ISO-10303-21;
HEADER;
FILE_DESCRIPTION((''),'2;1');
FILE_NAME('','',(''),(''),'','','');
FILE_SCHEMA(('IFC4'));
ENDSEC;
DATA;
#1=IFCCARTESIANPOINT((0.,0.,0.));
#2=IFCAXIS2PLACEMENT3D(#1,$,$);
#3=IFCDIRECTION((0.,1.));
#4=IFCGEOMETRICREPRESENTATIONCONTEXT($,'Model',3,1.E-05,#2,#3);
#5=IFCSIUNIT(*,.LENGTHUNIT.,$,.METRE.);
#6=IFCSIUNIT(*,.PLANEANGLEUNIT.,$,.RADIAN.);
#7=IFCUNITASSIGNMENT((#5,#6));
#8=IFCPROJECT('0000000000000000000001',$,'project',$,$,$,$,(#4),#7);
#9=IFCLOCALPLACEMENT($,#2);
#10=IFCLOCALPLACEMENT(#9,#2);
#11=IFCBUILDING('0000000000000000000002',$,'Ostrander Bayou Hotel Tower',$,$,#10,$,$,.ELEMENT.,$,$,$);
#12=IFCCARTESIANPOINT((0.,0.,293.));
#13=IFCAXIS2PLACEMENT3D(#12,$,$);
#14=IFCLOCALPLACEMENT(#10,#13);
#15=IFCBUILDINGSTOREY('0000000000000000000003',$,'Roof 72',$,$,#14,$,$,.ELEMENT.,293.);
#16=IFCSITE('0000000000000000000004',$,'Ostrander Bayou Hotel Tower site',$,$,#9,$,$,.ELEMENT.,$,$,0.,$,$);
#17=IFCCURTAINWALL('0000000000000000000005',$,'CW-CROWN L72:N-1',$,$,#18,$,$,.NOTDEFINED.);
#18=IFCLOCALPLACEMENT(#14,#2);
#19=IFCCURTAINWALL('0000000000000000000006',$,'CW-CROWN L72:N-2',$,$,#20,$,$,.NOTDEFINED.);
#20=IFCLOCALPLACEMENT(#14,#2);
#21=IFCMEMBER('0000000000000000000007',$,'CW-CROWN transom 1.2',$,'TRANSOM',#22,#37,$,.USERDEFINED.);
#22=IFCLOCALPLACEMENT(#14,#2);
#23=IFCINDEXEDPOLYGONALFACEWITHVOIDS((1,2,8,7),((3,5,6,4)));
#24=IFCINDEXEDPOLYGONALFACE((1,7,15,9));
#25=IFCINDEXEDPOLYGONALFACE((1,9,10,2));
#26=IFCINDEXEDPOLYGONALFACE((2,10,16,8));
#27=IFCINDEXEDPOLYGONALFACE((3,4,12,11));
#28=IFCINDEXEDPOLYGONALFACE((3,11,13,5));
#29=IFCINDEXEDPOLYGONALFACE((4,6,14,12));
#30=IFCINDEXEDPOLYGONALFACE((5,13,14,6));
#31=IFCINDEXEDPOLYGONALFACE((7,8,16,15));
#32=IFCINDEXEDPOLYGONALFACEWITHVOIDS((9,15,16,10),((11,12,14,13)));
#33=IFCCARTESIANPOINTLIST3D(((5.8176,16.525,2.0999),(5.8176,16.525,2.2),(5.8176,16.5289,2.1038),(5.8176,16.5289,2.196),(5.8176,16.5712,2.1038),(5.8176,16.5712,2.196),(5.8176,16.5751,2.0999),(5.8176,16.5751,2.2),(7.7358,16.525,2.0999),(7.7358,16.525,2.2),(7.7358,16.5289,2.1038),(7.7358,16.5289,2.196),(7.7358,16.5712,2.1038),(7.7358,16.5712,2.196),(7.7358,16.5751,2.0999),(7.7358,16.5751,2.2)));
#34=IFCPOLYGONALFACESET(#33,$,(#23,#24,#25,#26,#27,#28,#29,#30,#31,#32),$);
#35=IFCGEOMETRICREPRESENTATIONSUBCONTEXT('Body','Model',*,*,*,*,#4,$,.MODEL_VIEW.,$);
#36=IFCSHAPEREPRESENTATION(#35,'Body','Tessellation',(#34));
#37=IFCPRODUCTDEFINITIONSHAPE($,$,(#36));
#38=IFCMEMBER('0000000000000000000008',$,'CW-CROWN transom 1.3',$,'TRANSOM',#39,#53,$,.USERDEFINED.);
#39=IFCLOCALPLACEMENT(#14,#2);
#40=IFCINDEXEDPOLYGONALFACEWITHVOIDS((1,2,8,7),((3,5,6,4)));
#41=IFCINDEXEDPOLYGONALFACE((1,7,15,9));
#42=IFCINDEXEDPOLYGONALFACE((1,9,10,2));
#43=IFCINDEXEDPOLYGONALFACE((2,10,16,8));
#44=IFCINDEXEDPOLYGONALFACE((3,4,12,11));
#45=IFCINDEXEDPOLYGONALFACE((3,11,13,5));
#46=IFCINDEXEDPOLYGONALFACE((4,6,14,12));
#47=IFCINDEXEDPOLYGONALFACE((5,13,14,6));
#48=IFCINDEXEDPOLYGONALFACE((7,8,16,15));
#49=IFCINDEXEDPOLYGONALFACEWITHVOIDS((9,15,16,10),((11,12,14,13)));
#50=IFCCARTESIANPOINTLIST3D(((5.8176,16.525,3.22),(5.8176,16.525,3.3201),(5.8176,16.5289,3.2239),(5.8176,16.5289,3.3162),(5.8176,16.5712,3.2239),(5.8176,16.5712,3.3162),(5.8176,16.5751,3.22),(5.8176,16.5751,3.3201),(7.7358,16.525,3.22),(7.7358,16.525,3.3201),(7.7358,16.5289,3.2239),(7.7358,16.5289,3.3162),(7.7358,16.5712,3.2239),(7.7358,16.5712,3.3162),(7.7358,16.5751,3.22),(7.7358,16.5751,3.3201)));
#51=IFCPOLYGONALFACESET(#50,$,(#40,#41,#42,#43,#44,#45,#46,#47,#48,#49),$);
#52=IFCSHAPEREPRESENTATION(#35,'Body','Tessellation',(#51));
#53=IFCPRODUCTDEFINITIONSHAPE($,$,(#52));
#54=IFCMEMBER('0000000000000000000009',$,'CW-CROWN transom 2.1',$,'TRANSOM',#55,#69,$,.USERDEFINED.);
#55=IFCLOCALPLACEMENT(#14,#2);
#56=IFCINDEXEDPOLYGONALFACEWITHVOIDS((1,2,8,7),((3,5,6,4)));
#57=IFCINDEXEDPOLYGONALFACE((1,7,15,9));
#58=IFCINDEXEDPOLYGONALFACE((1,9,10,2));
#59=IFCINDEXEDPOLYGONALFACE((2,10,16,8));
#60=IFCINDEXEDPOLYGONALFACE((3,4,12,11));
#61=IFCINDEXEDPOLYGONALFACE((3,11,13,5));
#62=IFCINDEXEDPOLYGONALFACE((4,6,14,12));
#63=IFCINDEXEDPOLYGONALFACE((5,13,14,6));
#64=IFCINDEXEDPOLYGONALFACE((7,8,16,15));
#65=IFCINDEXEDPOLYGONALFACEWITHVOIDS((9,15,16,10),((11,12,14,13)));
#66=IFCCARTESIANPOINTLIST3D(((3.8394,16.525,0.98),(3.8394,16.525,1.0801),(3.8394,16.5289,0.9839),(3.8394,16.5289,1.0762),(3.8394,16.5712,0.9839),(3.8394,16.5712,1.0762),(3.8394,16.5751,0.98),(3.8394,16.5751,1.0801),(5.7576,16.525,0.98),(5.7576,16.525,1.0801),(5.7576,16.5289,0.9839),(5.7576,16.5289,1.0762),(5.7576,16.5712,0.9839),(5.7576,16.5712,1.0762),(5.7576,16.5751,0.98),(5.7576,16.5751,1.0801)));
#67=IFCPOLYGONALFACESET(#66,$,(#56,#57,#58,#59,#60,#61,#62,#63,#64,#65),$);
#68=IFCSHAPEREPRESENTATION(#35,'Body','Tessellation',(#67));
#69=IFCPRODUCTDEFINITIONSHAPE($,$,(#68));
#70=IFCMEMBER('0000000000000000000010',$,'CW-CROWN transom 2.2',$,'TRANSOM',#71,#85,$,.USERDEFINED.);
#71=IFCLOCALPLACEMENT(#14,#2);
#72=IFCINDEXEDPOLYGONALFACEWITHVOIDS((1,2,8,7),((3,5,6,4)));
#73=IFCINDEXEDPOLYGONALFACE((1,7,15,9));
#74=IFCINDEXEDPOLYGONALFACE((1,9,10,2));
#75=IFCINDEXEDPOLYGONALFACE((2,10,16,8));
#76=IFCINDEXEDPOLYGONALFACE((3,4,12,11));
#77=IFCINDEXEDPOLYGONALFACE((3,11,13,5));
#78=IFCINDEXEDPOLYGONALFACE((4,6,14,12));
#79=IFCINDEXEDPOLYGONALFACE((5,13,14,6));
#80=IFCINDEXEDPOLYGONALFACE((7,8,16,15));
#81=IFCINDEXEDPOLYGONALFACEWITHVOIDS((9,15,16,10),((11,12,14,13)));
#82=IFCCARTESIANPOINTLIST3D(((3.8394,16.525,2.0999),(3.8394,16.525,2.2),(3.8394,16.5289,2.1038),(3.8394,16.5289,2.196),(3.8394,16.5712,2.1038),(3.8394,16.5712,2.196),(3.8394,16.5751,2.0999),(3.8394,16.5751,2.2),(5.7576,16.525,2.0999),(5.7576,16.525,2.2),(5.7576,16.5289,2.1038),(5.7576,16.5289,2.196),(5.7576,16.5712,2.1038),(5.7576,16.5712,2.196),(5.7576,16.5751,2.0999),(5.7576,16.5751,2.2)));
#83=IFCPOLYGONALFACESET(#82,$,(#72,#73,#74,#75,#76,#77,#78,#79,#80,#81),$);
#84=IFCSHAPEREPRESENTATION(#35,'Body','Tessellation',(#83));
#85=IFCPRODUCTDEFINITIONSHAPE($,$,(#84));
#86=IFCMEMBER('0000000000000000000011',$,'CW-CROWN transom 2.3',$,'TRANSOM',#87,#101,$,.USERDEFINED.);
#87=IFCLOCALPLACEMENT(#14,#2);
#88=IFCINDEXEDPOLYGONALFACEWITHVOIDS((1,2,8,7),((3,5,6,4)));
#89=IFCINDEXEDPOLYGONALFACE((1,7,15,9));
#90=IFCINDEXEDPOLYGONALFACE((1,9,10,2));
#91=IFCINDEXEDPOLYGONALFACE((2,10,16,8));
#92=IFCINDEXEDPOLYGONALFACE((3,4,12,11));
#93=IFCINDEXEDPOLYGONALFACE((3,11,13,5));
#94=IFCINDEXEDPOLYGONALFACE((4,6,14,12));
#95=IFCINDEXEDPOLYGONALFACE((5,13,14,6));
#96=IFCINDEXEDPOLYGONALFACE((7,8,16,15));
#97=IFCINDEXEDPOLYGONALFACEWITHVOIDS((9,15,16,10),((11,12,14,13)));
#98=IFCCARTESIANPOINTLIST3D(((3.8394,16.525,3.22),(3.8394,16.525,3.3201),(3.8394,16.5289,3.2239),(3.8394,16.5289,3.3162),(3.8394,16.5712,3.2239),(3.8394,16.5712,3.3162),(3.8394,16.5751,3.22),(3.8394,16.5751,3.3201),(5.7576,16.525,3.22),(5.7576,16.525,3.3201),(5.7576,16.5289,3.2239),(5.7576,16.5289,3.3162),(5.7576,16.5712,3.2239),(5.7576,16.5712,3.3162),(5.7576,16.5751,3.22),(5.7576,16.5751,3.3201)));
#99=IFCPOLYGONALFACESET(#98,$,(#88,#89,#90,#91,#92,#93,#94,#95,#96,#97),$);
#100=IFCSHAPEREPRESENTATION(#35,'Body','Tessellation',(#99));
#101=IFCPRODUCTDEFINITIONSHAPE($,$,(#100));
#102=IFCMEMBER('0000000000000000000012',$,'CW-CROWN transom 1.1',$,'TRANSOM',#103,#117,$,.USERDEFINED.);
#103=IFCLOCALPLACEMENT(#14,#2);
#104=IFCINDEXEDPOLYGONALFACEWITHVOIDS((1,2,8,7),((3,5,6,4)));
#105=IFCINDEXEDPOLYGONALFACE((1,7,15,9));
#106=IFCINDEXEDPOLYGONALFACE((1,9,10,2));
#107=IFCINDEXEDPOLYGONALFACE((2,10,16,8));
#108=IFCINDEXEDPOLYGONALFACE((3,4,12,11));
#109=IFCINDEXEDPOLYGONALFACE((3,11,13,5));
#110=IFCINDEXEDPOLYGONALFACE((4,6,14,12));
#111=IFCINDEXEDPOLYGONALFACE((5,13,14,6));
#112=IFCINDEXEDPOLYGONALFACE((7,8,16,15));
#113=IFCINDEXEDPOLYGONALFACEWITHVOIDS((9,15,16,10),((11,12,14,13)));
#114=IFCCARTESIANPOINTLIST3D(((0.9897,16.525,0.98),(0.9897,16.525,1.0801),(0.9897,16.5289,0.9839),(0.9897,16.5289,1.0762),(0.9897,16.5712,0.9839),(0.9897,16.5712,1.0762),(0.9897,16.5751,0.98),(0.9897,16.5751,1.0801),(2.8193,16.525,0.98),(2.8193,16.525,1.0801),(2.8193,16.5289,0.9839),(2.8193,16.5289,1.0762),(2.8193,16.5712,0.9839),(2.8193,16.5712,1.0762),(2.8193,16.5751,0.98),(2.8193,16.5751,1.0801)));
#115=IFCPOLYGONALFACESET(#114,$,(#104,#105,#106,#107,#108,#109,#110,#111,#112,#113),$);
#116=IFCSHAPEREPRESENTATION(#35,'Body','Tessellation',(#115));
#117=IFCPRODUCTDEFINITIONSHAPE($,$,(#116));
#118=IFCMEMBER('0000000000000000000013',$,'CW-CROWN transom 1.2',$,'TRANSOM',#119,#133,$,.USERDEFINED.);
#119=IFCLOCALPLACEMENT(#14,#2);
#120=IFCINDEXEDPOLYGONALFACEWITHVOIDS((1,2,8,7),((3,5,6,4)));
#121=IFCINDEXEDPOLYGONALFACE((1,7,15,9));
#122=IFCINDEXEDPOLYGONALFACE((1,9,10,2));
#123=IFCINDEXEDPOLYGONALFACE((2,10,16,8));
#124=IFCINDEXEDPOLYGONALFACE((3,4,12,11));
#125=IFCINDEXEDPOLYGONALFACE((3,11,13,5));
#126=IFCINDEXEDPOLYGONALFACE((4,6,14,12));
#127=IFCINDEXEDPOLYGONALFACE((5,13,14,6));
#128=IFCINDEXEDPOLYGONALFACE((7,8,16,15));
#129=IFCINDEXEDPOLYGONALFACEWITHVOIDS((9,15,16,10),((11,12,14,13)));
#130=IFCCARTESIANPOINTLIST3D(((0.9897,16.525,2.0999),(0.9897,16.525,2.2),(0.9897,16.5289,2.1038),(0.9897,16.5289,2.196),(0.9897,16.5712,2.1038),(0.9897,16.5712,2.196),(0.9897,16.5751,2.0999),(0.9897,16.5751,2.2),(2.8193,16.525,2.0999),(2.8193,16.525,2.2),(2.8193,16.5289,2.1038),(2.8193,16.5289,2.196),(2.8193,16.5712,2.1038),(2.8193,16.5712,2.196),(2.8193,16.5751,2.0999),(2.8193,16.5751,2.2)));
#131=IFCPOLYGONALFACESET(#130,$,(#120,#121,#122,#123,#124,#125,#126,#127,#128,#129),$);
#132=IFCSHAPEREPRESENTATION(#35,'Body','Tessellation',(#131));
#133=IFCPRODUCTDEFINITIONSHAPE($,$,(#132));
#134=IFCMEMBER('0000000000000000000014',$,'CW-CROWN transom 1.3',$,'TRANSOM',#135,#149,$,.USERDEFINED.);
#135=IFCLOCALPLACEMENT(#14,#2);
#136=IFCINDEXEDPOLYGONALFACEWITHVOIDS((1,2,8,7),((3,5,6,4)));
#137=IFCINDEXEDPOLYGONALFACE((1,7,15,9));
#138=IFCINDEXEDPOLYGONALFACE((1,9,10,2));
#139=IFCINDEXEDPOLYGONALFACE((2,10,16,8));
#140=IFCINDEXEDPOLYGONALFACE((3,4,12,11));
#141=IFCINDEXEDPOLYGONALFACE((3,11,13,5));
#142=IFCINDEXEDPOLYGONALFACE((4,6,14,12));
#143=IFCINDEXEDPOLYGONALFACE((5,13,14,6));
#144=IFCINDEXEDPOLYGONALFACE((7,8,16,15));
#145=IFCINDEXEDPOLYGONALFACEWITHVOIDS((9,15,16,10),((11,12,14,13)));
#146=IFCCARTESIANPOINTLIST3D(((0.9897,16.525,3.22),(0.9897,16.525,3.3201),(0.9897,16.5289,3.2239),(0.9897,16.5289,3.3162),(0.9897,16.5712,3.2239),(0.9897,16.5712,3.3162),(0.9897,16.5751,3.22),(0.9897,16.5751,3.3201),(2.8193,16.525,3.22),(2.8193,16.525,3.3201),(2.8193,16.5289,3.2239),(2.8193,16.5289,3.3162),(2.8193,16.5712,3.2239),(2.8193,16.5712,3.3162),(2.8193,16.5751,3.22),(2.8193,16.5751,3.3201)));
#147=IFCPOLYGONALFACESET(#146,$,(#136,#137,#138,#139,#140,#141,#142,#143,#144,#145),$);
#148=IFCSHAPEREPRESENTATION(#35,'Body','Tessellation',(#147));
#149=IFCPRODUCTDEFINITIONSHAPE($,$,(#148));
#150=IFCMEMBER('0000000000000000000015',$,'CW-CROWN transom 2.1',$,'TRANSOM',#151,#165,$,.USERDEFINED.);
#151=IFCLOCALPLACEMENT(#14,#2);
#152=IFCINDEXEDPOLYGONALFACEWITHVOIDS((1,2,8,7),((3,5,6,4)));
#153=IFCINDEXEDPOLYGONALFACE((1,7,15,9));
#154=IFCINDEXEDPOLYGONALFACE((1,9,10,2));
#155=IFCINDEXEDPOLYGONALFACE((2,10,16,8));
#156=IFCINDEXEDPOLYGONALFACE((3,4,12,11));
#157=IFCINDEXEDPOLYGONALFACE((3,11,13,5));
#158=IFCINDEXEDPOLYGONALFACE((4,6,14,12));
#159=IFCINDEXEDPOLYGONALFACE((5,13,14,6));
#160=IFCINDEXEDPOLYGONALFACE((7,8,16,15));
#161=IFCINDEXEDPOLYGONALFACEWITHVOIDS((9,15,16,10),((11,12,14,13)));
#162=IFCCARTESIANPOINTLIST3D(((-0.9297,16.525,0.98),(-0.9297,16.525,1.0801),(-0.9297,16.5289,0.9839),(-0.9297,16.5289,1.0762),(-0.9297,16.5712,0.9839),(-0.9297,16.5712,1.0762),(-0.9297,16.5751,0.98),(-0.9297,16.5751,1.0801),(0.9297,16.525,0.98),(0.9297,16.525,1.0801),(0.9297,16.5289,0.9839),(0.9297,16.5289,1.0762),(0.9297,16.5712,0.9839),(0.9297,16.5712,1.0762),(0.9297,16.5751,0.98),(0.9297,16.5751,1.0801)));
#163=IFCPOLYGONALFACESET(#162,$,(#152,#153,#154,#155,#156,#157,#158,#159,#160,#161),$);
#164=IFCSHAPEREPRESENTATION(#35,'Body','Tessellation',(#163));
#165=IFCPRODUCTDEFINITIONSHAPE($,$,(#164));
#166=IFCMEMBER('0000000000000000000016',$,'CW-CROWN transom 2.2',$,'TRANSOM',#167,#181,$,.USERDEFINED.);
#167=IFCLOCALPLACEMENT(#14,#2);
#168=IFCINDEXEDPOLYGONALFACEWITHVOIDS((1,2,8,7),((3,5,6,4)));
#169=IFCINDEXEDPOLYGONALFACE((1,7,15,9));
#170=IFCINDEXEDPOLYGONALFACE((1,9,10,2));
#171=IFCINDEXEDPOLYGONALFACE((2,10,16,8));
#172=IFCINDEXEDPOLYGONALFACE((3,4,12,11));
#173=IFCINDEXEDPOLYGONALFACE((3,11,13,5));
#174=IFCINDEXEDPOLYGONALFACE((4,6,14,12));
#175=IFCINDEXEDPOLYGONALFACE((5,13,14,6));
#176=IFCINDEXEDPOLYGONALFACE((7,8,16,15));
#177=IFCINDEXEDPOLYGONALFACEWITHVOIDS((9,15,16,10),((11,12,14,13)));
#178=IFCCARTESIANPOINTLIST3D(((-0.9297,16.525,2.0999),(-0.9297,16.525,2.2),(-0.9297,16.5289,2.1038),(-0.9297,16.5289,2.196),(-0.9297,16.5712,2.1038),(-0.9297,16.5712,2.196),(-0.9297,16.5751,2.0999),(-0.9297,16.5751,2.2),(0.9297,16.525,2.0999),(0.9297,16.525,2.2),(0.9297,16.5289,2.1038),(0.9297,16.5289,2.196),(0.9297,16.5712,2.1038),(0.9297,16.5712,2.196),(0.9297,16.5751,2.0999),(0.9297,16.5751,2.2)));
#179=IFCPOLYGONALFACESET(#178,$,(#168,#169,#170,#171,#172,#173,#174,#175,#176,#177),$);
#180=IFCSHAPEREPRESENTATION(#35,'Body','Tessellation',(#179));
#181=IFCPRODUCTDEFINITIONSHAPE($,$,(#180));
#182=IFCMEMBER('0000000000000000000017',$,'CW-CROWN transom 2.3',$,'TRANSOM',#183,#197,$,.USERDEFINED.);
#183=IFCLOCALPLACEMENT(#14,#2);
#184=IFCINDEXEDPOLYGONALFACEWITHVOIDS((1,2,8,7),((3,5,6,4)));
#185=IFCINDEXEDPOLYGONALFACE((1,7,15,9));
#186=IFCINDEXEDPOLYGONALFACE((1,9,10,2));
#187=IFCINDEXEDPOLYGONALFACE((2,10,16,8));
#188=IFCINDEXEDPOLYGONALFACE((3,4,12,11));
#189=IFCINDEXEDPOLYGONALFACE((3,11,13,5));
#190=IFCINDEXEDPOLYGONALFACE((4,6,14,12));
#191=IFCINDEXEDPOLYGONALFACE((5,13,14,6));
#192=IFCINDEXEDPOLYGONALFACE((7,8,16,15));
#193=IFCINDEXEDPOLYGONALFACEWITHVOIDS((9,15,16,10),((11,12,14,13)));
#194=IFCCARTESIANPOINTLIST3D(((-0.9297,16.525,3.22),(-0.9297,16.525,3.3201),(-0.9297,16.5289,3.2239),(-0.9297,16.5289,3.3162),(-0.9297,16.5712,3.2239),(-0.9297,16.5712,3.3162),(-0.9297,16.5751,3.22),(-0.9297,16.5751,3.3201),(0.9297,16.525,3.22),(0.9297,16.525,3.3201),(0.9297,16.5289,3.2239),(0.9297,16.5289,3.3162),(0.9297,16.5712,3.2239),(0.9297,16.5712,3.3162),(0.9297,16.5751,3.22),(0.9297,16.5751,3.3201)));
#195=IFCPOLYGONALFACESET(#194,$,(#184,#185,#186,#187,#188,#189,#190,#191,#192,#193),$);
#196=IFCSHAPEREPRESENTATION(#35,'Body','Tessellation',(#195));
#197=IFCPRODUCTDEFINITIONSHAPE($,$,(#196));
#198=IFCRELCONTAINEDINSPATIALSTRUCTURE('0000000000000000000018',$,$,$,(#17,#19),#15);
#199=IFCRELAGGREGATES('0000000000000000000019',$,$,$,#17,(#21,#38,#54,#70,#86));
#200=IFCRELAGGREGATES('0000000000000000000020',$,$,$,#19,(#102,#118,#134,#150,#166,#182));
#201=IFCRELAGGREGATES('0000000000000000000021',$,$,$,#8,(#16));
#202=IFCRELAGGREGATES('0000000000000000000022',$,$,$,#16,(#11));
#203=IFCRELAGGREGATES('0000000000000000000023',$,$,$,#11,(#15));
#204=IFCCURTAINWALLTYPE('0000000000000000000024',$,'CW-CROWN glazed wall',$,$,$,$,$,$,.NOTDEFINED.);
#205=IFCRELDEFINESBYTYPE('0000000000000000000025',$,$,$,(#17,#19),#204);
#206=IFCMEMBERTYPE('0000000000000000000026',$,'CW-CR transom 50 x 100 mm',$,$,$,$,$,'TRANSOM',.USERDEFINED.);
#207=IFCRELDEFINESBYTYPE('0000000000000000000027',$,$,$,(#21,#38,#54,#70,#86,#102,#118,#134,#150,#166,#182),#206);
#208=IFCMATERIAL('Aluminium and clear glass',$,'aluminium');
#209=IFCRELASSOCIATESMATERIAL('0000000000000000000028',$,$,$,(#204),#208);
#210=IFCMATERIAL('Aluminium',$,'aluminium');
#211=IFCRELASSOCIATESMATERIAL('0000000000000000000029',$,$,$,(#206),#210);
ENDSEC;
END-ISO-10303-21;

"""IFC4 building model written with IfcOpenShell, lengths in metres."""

from ifc_helpers import new_model, si_unit, direction, frame, origin, origin_2d, place, context, subcontext, project, spatial, hollow_rectangle, extrude, material, material_profile, profile_set, type_object, element, aggregate, save


model = new_model("IFC4")

# Units and contexts
model_context = context("Model", 3, precision=1e-05, world=origin(), true_north=direction((0.0, 1.0)))
body_context = subcontext(model_context, "Body", "Model", "MODEL_VIEW")
ifc_project = project(units=[si_unit("LENGTHUNIT", "METRE"), si_unit("PLANEANGLEUNIT", "RADIAN")], contexts=[model_context])

# Site, building, storey
site_placement = place(None, origin())
site = spatial("IfcSite", under=ifc_project, at=site_placement, Name="Ostrander Bayou Hotel Tower site", CompositionType="ELEMENT", RefElevation=0.0)
building_placement = place(site_placement, origin())
building = spatial("IfcBuilding", under=site, at=building_placement, Name="Ostrander Bayou Hotel Tower", CompositionType="ELEMENT")
storey_placement = place(building_placement, frame((0.0, 0.0, 293.0)))
storey = spatial("IfcBuildingStorey", under=building, at=storey_placement, Name="Roof 72", CompositionType="ELEMENT", Elevation=293.0)

# Curtain walls
ifc_material_1 = material(Name="Aluminium and clear glass", Category="aluminium")
curtain_wall_type = type_object("IfcCurtainWallType", Name="CW-CROWN glazed wall", PredefinedType="NOTDEFINED", material=ifc_material_1)
curtain_wall_1_placement = place(storey_placement, origin())
curtain_wall_1 = element("IfcCurtainWall", 1, at=curtain_wall_1_placement, inside=storey, type_object=curtain_wall_type, Name="CW-CROWN L72:N-1", PredefinedType="NOTDEFINED")
curtain_wall_2_placement = place(storey_placement, origin())
curtain_wall_2 = element("IfcCurtainWall", 2, at=curtain_wall_2_placement, inside=storey, type_object=curtain_wall_type, Name="CW-CROWN L72:N-2", PredefinedType="NOTDEFINED")

# Members
ifc_material_2 = material(Name="Aluminium", Category="aluminium")
ifc_material_profile_1 = material_profile(ifc_material_2, hollow_rectangle(XDim=0.05, YDim=0.1001, WallThickness=0.0039, at=origin_2d()))
ifc_profile_set_1 = profile_set([ifc_material_profile_1], Name="Aluminium")
member_type_1 = type_object("IfcMemberType", Name="CW-CR transom 50 x 100 mm", ElementType="TRANSOM", PredefinedType="USERDEFINED", material=ifc_profile_set_1)
member_1_placement = place(storey_placement, frame((7.7358, 16.55, 2.1499), z_axis=(-1.0, 0.0, 0.0), x_axis=(0.0, -1.0, 0.0)))
member_1 = element("IfcMember", 3, at=member_1_placement, type_object=member_type_1, Name="CW-CROWN transom 1.2", ObjectType="TRANSOM", PredefinedType="USERDEFINED", context=body_context, shape_type="SweptSolid", body=[
    extrude(hollow_rectangle(XDim=0.05, YDim=0.1001, WallThickness=0.0039, at=origin_2d()), origin(), (0.0, 0.0, 1.0), 1.9182),
])
member_2_placement = place(storey_placement, frame((7.7358, 16.55, 3.27), z_axis=(-1.0, 0.0, 0.0), x_axis=(0.0, -1.0, 0.0)))
member_2 = element("IfcMember", 4, at=member_2_placement, type_object=member_type_1, Name="CW-CROWN transom 1.3", ObjectType="TRANSOM", PredefinedType="USERDEFINED", context=body_context, shape_type="SweptSolid", body=[
    extrude(hollow_rectangle(XDim=0.05, YDim=0.1001, WallThickness=0.0039, at=origin_2d()), origin(), (0.0, 0.0, 1.0), 1.9182),
])
member_3_placement = place(storey_placement, frame((5.7576, 16.55, 1.03), z_axis=(-1.0, 0.0, 0.0), x_axis=(0.0, -1.0, 0.0)))
member_3 = element("IfcMember", 5, at=member_3_placement, type_object=member_type_1, Name="CW-CROWN transom 2.1", ObjectType="TRANSOM", PredefinedType="USERDEFINED", context=body_context, shape_type="SweptSolid", body=[
    extrude(hollow_rectangle(XDim=0.05, YDim=0.1001, WallThickness=0.0039, at=origin_2d()), origin(), (0.0, 0.0, 1.0), 1.9182),
])
member_4_placement = place(storey_placement, frame((5.7576, 16.55, 2.1499), z_axis=(-1.0, 0.0, 0.0), x_axis=(0.0, -1.0, 0.0)))
member_4 = element("IfcMember", 6, at=member_4_placement, type_object=member_type_1, Name="CW-CROWN transom 2.2", ObjectType="TRANSOM", PredefinedType="USERDEFINED", context=body_context, shape_type="SweptSolid", body=[
    extrude(hollow_rectangle(XDim=0.05, YDim=0.1001, WallThickness=0.0039, at=origin_2d()), origin(), (0.0, 0.0, 1.0), 1.9182),
])
member_5_placement = place(storey_placement, frame((5.7576, 16.55, 3.27), z_axis=(-1.0, 0.0, 0.0), x_axis=(0.0, -1.0, 0.0)))
member_5 = element("IfcMember", 7, at=member_5_placement, type_object=member_type_1, Name="CW-CROWN transom 2.3", ObjectType="TRANSOM", PredefinedType="USERDEFINED", context=body_context, shape_type="SweptSolid", body=[
    extrude(hollow_rectangle(XDim=0.05, YDim=0.1001, WallThickness=0.0039, at=origin_2d()), origin(), (0.0, 0.0, 1.0), 1.9182),
])
member_6_placement = place(storey_placement, frame((2.8193, 16.55, 1.03), z_axis=(-1.0, 0.0, 0.0), x_axis=(0.0, -1.0, 0.0)))
member_6 = element("IfcMember", 8, at=member_6_placement, type_object=member_type_1, Name="CW-CROWN transom 1.1", ObjectType="TRANSOM", PredefinedType="USERDEFINED", context=body_context, shape_type="SweptSolid", body=[
    extrude(hollow_rectangle(XDim=0.05, YDim=0.1001, WallThickness=0.0039, at=origin_2d()), origin(), (0.0, 0.0, 1.0), 1.8296),
])
member_7_placement = place(storey_placement, frame((2.8193, 16.55, 2.1499), z_axis=(-1.0, 0.0, 0.0), x_axis=(0.0, -1.0, 0.0)))
member_7 = element("IfcMember", 9, at=member_7_placement, type_object=member_type_1, Name="CW-CROWN transom 1.2", ObjectType="TRANSOM", PredefinedType="USERDEFINED", context=body_context, shape_type="SweptSolid", body=[
    extrude(hollow_rectangle(XDim=0.05, YDim=0.1001, WallThickness=0.0039, at=origin_2d()), origin(), (0.0, 0.0, 1.0), 1.8296),
])
member_8_placement = place(storey_placement, frame((2.8193, 16.55, 3.27), z_axis=(-1.0, 0.0, 0.0), x_axis=(0.0, -1.0, 0.0)))
member_8 = element("IfcMember", 10, at=member_8_placement, type_object=member_type_1, Name="CW-CROWN transom 1.3", ObjectType="TRANSOM", PredefinedType="USERDEFINED", context=body_context, shape_type="SweptSolid", body=[
    extrude(hollow_rectangle(XDim=0.05, YDim=0.1001, WallThickness=0.0039, at=origin_2d()), origin(), (0.0, 0.0, 1.0), 1.8296),
])
member_9_placement = place(storey_placement, frame((0.9297, 16.55, 1.03), z_axis=(-1.0, 0.0, 0.0), x_axis=(0.0, -1.0, 0.0)))
member_9 = element("IfcMember", 11, at=member_9_placement, type_object=member_type_1, Name="CW-CROWN transom 2.1", ObjectType="TRANSOM", PredefinedType="USERDEFINED", context=body_context, shape_type="SweptSolid", body=[
    extrude(hollow_rectangle(XDim=0.05, YDim=0.1001, WallThickness=0.0039, at=origin_2d()), origin(), (0.0, 0.0, 1.0), 1.8594),
])
member_10_placement = place(storey_placement, frame((0.9297, 16.55, 2.1499), z_axis=(-1.0, 0.0, 0.0), x_axis=(0.0, -1.0, 0.0)))
member_10 = element("IfcMember", 12, at=member_10_placement, type_object=member_type_1, Name="CW-CROWN transom 2.2", ObjectType="TRANSOM", PredefinedType="USERDEFINED", context=body_context, shape_type="SweptSolid", body=[
    extrude(hollow_rectangle(XDim=0.05, YDim=0.1001, WallThickness=0.0039, at=origin_2d()), origin(), (0.0, 0.0, 1.0), 1.8594),
])
member_11_placement = place(storey_placement, frame((0.9297, 16.55, 3.27), z_axis=(-1.0, 0.0, 0.0), x_axis=(0.0, -1.0, 0.0)))
member_11 = element("IfcMember", 13, at=member_11_placement, type_object=member_type_1, Name="CW-CROWN transom 2.3", ObjectType="TRANSOM", PredefinedType="USERDEFINED", context=body_context, shape_type="SweptSolid", body=[
    extrude(hollow_rectangle(XDim=0.05, YDim=0.1001, WallThickness=0.0039, at=origin_2d()), origin(), (0.0, 0.0, 1.0), 1.8594),
])

aggregate(curtain_wall_1, [member_1, member_2, member_3, member_4, member_5])
aggregate(curtain_wall_2, [member_6, member_7, member_8, member_9, member_10, member_11])

save(model, "model.ifc")
